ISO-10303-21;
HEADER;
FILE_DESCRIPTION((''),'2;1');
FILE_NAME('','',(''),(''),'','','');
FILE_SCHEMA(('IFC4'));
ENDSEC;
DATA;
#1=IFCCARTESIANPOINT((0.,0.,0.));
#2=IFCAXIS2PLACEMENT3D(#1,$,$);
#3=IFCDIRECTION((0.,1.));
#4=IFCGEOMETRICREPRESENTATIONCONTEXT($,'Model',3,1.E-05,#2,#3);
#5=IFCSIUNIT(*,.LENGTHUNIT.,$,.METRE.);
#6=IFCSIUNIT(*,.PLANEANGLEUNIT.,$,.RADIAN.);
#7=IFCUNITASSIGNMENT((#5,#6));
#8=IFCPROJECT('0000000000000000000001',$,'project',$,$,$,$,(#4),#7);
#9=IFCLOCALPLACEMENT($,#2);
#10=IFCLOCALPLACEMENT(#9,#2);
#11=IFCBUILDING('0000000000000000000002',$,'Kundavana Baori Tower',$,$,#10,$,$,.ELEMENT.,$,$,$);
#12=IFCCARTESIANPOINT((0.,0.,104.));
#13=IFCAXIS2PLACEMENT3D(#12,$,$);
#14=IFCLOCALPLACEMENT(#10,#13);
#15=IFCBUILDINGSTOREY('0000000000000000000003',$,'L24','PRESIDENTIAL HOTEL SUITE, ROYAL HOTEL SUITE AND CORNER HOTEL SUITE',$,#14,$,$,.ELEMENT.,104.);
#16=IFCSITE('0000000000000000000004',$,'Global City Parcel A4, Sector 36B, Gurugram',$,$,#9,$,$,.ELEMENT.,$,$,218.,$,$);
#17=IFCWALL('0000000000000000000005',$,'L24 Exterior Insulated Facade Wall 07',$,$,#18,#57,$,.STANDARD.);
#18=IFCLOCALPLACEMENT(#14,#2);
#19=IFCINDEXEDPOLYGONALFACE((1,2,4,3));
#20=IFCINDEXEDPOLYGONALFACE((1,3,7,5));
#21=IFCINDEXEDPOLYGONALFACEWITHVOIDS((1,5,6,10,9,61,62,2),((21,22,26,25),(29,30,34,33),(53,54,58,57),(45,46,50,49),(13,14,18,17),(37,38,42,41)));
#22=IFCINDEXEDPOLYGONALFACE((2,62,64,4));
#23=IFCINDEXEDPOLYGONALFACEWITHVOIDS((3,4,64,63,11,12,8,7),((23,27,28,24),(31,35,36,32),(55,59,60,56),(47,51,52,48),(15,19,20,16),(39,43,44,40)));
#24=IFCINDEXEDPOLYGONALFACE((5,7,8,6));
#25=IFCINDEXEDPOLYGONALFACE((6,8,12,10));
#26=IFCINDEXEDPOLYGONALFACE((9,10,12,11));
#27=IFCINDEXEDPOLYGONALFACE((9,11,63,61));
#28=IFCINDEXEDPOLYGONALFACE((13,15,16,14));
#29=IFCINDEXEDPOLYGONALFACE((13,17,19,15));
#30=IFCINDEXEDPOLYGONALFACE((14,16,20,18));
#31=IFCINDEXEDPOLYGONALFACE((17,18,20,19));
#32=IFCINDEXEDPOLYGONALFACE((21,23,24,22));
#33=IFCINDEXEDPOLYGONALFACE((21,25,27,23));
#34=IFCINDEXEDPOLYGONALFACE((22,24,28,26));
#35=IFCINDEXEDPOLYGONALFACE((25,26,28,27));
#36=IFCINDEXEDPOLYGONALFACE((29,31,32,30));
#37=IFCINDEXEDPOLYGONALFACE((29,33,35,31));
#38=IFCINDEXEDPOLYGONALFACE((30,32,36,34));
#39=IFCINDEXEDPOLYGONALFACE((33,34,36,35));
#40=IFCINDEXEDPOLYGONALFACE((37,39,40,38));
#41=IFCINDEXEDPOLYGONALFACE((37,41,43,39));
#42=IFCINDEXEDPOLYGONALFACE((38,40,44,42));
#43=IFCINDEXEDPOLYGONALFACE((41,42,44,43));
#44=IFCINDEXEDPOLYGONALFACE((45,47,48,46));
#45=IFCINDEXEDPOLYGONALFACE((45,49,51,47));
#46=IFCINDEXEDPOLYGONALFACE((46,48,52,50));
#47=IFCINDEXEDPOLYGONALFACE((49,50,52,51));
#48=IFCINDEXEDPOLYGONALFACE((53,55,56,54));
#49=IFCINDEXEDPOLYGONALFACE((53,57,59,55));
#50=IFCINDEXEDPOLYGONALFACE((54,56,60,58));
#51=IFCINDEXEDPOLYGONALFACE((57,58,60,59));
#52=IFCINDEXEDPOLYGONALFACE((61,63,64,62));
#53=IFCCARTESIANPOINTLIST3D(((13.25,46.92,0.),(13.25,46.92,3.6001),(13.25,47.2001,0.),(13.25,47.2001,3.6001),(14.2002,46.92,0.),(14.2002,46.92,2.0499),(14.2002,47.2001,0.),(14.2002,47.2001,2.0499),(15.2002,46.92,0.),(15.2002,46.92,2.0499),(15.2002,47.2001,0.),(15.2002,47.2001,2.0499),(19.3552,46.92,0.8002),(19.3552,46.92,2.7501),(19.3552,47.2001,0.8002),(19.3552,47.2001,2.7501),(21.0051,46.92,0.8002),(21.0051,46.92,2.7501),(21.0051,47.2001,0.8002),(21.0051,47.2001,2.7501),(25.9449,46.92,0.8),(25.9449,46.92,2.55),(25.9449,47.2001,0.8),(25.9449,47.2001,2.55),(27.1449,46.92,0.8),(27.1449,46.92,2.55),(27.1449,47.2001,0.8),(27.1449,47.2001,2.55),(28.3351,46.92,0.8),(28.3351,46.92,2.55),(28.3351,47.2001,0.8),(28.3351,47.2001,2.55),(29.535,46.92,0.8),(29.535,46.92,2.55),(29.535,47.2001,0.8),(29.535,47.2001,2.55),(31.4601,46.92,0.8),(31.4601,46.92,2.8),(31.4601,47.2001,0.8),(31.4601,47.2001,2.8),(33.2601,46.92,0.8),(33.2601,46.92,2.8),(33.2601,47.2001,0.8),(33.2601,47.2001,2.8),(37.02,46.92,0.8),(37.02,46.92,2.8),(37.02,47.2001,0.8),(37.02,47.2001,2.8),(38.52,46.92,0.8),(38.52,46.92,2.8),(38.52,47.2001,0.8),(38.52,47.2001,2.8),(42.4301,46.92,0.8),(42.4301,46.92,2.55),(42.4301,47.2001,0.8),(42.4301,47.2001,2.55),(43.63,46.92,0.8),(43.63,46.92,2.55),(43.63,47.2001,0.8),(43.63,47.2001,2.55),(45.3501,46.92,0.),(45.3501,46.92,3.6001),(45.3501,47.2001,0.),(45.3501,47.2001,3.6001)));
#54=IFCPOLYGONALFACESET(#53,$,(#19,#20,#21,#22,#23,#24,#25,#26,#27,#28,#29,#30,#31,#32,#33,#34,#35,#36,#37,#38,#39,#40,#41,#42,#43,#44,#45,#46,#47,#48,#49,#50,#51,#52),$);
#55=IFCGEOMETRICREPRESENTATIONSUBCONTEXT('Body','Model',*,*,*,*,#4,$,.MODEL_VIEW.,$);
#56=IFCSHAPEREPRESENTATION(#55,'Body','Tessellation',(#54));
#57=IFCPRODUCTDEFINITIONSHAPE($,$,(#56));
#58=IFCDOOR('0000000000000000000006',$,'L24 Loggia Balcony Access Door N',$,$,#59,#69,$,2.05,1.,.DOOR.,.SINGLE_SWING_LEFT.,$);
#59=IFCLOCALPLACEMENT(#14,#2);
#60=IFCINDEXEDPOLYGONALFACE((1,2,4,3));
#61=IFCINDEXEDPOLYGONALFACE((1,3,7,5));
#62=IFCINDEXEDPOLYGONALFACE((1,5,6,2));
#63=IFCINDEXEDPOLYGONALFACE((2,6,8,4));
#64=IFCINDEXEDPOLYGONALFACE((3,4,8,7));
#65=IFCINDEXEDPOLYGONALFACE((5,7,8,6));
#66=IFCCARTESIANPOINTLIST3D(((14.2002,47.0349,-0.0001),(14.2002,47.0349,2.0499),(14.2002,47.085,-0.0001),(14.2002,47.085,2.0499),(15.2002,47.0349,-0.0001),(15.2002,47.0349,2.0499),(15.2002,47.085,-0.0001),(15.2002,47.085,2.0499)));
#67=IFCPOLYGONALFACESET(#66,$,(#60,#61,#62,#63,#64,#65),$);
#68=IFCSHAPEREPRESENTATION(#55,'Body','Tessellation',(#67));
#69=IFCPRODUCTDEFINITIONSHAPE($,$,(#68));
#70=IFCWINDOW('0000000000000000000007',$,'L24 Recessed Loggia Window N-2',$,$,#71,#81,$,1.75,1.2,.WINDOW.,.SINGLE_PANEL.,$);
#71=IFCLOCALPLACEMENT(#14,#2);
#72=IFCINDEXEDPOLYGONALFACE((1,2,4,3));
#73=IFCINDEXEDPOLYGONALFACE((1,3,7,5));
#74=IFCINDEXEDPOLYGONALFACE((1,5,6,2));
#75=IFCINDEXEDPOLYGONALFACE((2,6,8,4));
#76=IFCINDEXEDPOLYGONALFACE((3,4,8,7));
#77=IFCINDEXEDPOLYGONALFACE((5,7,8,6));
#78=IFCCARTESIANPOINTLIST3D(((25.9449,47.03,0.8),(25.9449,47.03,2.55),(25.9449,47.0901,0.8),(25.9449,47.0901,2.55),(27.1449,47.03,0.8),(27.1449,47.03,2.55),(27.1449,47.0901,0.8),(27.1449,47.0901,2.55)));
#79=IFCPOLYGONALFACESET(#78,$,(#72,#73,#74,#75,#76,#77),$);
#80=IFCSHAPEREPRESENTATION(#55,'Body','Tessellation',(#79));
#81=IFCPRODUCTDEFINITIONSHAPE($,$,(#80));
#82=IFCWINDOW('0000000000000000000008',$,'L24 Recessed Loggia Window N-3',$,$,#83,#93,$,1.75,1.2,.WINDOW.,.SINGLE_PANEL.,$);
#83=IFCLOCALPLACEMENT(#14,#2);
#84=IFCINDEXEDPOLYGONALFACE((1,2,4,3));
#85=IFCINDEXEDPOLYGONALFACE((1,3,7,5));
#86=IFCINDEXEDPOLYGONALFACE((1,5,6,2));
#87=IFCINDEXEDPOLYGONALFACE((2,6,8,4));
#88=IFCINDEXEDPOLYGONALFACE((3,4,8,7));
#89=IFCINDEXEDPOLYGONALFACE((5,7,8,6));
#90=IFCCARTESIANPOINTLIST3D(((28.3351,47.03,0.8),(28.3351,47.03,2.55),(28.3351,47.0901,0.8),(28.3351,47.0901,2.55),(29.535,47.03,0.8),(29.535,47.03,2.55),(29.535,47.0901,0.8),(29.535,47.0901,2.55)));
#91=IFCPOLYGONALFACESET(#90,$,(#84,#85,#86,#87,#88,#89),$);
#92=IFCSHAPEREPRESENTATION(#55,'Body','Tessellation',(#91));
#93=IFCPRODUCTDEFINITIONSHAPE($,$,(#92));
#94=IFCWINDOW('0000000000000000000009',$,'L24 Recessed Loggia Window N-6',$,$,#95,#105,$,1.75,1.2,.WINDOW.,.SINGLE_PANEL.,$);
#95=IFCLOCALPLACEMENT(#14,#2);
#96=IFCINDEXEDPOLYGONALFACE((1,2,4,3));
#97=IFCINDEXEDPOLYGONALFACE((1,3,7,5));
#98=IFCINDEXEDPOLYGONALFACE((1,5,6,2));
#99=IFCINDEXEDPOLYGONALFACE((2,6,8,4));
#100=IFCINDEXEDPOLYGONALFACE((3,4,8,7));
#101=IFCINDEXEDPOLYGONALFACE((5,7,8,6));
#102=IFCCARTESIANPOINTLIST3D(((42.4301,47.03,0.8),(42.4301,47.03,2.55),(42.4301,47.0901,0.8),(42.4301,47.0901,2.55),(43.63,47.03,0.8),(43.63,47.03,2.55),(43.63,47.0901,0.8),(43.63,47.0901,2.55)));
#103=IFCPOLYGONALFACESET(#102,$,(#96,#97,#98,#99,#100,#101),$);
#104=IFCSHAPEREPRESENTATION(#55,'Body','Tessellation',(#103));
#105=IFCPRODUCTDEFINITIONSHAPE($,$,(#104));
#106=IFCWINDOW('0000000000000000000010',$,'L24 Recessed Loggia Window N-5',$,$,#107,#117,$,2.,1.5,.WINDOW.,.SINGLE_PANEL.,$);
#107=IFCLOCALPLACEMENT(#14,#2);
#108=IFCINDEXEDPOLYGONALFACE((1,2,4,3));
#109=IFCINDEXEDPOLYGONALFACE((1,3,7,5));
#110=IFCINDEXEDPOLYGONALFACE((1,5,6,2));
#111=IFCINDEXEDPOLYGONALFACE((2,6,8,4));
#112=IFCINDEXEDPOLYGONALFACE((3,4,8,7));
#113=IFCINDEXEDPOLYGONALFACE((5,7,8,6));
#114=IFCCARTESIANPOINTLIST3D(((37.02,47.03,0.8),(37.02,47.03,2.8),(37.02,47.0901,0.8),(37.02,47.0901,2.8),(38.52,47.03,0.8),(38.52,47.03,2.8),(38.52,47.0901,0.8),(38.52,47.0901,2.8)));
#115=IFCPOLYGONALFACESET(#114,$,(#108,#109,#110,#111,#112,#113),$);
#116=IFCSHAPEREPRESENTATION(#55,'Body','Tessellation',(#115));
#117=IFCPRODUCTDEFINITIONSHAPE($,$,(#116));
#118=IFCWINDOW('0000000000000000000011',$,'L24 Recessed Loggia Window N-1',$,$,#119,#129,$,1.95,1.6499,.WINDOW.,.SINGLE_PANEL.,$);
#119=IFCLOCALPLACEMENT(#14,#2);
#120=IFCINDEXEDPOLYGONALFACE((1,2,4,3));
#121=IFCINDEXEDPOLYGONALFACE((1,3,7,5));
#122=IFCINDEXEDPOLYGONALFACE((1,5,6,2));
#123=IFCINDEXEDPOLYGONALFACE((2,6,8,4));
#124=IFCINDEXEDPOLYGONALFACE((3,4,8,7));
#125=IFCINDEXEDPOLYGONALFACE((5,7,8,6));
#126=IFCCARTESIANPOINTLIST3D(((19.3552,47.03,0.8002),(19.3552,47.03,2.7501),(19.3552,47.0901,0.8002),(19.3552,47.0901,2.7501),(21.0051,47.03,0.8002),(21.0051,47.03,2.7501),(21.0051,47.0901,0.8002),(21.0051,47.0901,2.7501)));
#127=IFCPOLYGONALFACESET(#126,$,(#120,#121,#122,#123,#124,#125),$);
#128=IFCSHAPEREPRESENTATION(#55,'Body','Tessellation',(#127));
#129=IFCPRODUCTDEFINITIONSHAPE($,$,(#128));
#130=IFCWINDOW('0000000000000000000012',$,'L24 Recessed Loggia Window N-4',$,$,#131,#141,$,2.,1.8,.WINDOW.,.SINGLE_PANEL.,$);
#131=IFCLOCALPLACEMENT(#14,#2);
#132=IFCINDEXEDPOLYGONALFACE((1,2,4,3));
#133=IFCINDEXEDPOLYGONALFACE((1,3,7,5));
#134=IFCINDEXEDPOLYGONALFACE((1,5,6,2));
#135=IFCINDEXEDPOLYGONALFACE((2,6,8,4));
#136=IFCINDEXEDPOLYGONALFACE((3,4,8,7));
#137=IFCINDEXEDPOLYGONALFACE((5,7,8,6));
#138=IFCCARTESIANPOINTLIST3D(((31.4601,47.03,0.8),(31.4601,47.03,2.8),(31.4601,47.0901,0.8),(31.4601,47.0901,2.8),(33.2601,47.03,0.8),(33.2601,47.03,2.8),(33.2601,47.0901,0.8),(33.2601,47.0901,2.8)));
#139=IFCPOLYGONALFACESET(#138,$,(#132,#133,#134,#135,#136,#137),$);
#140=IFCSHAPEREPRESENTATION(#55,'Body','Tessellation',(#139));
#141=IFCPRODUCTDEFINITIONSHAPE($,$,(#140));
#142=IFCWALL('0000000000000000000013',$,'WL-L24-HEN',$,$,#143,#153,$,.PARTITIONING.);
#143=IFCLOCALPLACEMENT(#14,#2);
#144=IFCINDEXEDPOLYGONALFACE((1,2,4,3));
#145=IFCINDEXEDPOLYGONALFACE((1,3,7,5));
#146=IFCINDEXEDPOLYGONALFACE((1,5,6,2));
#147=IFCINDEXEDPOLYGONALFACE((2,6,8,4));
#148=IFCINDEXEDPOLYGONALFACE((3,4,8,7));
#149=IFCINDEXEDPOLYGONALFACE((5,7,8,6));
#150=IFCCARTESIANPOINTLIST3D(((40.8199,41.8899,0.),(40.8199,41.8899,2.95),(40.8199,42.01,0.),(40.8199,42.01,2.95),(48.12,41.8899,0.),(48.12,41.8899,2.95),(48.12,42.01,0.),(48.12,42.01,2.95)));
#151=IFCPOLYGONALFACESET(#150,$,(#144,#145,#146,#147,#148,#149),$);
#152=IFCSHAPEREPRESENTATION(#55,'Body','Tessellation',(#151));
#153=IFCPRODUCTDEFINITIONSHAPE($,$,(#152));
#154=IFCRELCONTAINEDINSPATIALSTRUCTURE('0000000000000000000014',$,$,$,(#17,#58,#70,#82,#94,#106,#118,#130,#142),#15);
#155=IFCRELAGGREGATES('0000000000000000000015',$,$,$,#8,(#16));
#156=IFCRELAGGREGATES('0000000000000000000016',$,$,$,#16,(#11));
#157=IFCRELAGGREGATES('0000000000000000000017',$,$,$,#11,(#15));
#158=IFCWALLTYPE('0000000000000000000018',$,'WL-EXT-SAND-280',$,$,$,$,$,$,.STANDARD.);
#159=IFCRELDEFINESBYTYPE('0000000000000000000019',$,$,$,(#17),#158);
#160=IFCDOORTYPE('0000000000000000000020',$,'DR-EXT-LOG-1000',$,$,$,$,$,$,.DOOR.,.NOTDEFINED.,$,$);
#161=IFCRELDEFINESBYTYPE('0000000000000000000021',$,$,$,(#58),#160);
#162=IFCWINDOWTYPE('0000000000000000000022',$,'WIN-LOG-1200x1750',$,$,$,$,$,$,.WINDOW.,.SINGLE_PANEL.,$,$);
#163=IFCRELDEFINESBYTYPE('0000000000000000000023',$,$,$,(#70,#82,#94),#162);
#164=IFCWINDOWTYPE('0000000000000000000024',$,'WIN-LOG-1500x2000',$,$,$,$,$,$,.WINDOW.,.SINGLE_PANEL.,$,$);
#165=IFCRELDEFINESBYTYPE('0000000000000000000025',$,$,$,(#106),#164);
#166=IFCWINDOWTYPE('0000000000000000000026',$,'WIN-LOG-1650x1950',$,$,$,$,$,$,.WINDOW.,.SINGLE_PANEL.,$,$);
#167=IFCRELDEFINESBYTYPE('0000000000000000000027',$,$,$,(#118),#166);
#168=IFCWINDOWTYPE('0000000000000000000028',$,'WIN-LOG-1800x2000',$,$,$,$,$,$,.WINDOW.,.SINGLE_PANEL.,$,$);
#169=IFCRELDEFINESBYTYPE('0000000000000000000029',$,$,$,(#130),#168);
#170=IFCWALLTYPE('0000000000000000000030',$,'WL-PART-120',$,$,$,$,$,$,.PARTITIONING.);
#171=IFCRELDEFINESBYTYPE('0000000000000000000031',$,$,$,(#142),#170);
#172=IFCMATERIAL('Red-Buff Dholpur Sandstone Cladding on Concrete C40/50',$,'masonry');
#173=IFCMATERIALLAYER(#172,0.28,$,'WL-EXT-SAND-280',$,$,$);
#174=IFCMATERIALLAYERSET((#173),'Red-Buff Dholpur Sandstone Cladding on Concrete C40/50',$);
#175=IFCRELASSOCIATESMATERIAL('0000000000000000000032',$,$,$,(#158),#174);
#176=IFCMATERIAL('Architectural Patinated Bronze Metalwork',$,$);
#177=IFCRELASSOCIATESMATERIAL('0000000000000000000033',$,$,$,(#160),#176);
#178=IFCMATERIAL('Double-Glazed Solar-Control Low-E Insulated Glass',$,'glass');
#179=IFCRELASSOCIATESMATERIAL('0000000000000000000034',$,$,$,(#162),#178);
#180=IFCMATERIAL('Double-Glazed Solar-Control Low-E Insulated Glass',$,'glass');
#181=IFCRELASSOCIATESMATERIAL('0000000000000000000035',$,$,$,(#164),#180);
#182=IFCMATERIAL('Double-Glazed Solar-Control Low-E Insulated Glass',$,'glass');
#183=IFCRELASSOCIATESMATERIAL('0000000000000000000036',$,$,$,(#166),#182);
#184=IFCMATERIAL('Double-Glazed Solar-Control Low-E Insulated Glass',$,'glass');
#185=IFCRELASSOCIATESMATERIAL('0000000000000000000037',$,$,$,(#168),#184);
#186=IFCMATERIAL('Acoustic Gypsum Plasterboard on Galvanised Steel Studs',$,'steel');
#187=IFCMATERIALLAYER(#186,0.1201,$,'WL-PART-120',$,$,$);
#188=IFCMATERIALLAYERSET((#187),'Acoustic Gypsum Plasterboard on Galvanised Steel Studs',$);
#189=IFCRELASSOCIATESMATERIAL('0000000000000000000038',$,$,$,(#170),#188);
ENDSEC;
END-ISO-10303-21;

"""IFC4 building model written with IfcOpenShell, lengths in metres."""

from ifc_helpers import new_model, si_unit, direction, frame, frame_2d, origin, place, context, subcontext, project, spatial, rectangle, extrude, material, layer, layer_set, type_object, element, fill, save


model = new_model("IFC4")

# Units and contexts
model_context = context("Model", 3, precision=1e-05, world=origin(), true_north=direction((0.0, 1.0)))
body_context = subcontext(model_context, "Body", "Model", "MODEL_VIEW")
ifc_project = project(units=[si_unit("LENGTHUNIT", "METRE"), si_unit("PLANEANGLEUNIT", "RADIAN")], contexts=[model_context])

# Site, building, storey
site_placement = place(None, origin())
site = spatial("IfcSite", under=ifc_project, at=site_placement, Name="Global City Parcel A4, Sector 36B, Gurugram", CompositionType="ELEMENT", RefElevation=218.0)
building_placement = place(site_placement, origin())
building = spatial("IfcBuilding", under=site, at=building_placement, Name="Kundavana Baori Tower", CompositionType="ELEMENT")
storey_placement = place(building_placement, frame((0.0, 0.0, 104.0)))
storey = spatial("IfcBuildingStorey", under=building, at=storey_placement, Name="L24", Description="PRESIDENTIAL HOTEL SUITE, ROYAL HOTEL SUITE AND CORNER HOTEL SUITE", CompositionType="ELEMENT", Elevation=104.0)

# Shared definitions
ifc_material_1 = material(Name="Red-Buff Dholpur Sandstone Cladding on Concrete C40/50", Category="masonry")
ifc_layer_1 = layer(ifc_material_1, 0.28, Name="WL-EXT-SAND-280")
ifc_layer_set_1 = layer_set([ifc_layer_1], Name="Red-Buff Dholpur Sandstone Cladding on Concrete C40/50")
wall_type_1 = type_object("IfcWallType", Name="WL-EXT-SAND-280", PredefinedType="STANDARD", material=ifc_layer_set_1)

# Wall, openings, door, windows
wall_1_placement = place(storey_placement, frame((45.3501, 47.0601, 0.0), z_axis=(0.0, 0.0, 1.0), x_axis=(-1.0, 0.0, 0.0)))
wall_1 = element("IfcWall", 1, at=wall_1_placement, inside=storey, type_object=wall_type_1, Name="L24 Exterior Insulated Facade Wall 07", PredefinedType="STANDARD", context=body_context, shape_type="SweptSolid", body=[
    extrude(rectangle(XDim=32.1001, YDim=0.28, at=frame_2d((16.05, 0.0))), origin(), (0.0, 0.0, 1.0), 3.6001),
])
opening_1_placement = place(wall_1_placement, frame((30.1499, 0.0, 0.0)))
opening_1 = element("IfcOpeningElement", 2, at=opening_1_placement, cuts=wall_1, PredefinedType="OPENING", context=body_context, shape_type="SweptSolid", body=[
    extrude(rectangle(XDim=1.0, YDim=2.05, at=frame_2d((0.5, 1.0249))), frame((0.0, 0.1499, 0.0), z_axis=(0.0, -1.0, 0.0), x_axis=(1.0, 0.0, 0.0)), (0.0, 0.0, 1.0), 0.3),
])
opening_2_placement = place(wall_1_placement, frame((24.345, 0.0, 0.8)))
opening_2 = element("IfcOpeningElement", 3, at=opening_2_placement, cuts=wall_1, PredefinedType="OPENING", context=body_context, shape_type="SweptSolid", body=[
    extrude(rectangle(XDim=1.6499, YDim=1.95, at=frame_2d((0.825, 0.9751))), frame((0.0, 0.1499, 0.0), z_axis=(0.0, -1.0, 0.0), x_axis=(1.0, 0.0, 0.0)), (0.0, 0.0, 1.0), 0.3),
])
opening_3_placement = place(wall_1_placement, frame((18.2051, 0.0, 0.8)))
opening_3 = element("IfcOpeningElement", 4, at=opening_3_placement, cuts=wall_1, PredefinedType="OPENING", context=body_context, shape_type="SweptSolid", body=[
    extrude(rectangle(XDim=1.2, YDim=1.75, at=frame_2d((0.6001, 0.875))), frame((0.0, 0.1499, 0.0), z_axis=(0.0, -1.0, 0.0), x_axis=(1.0, 0.0, 0.0)), (0.0, 0.0, 1.0), 0.3),
])
opening_4_placement = place(wall_1_placement, frame((15.8149, 0.0, 0.8)))
opening_4 = element("IfcOpeningElement", 5, at=opening_4_placement, cuts=wall_1, PredefinedType="OPENING", context=body_context, shape_type="SweptSolid", body=[
    extrude(rectangle(XDim=1.2, YDim=1.75, at=frame_2d((0.6001, 0.875))), frame((0.0, 0.1499, 0.0), z_axis=(0.0, -1.0, 0.0), x_axis=(1.0, 0.0, 0.0)), (0.0, 0.0, 1.0), 0.3),
])
opening_5_placement = place(wall_1_placement, frame((12.0901, 0.0, 0.8)))
opening_5 = element("IfcOpeningElement", 6, at=opening_5_placement, cuts=wall_1, PredefinedType="OPENING", context=body_context, shape_type="SweptSolid", body=[
    extrude(rectangle(XDim=1.8, YDim=2.0, at=frame_2d((0.8999, 1.0))), frame((0.0, 0.1499, 0.0), z_axis=(0.0, -1.0, 0.0), x_axis=(1.0, 0.0, 0.0)), (0.0, 0.0, 1.0), 0.3),
])
opening_6_placement = place(wall_1_placement, frame((6.8301, 0.0, 0.8)))
opening_6 = element("IfcOpeningElement", 7, at=opening_6_placement, cuts=wall_1, PredefinedType="OPENING", context=body_context, shape_type="SweptSolid", body=[
    extrude(rectangle(XDim=1.5, YDim=2.0, at=frame_2d((0.75, 1.0))), frame((0.0, 0.1499, 0.0), z_axis=(0.0, -1.0, 0.0), x_axis=(1.0, 0.0, 0.0)), (0.0, 0.0, 1.0), 0.3),
])
opening_7_placement = place(wall_1_placement, frame((1.72, 0.0, 0.8)))
opening_7 = element("IfcOpeningElement", 8, at=opening_7_placement, cuts=wall_1, PredefinedType="OPENING", context=body_context, shape_type="SweptSolid", body=[
    extrude(rectangle(XDim=1.2, YDim=1.75, at=frame_2d((0.6001, 0.875))), frame((0.0, 0.1499, 0.0), z_axis=(0.0, -1.0, 0.0), x_axis=(1.0, 0.0, 0.0)), (0.0, 0.0, 1.0), 0.3),
])
ifc_material_2 = material(Name="Architectural Patinated Bronze Metalwork")
door_type_1 = type_object("IfcDoorType", Name="DR-EXT-LOG-1000", OperationType="NOTDEFINED", PredefinedType="DOOR", material=ifc_material_2)
door_1_placement = place(opening_1_placement, frame((1.0, 0.0, 0.0), z_axis=(0.0, 0.0, 1.0), x_axis=(-1.0, 0.0, 0.0)))
door_1 = element("IfcDoor", 9, at=door_1_placement, inside=storey, type_object=door_type_1, Name="L24 Loggia Balcony Access Door N", OperationType="SINGLE_SWING_LEFT", OverallHeight=2.05, OverallWidth=1.0, PredefinedType="DOOR", context=body_context, shape_type="SweptSolid", body=[
    extrude(rectangle(XDim=1.0, YDim=2.05, at=frame_2d((0.5, 1.0249))), frame((0.0, 0.0249, 0.0), z_axis=(0.0, -1.0, 0.0), x_axis=(1.0, 0.0, 0.0)), (0.0, 0.0, 1.0), 0.05),
])
fill(opening_1, door_1)
ifc_material_3 = material(Name="Double-Glazed Solar-Control Low-E Insulated Glass", Category="glass")
window_type_1 = type_object("IfcWindowType", Name="WIN-LOG-1200x1750", PartitioningType="SINGLE_PANEL", PredefinedType="WINDOW", material=ifc_material_3)
window_1_placement = place(opening_3_placement, origin())
window_1 = element("IfcWindow", 10, at=window_1_placement, inside=storey, type_object=window_type_1, Name="L24 Recessed Loggia Window N-2", OverallHeight=1.75, OverallWidth=1.2, PartitioningType="SINGLE_PANEL", PredefinedType="WINDOW", context=body_context, shape_type="SweptSolid", body=[
    extrude(rectangle(XDim=1.2, YDim=1.75, at=frame_2d((0.6001, 0.875))), frame((0.0, 0.03, 0.0), z_axis=(0.0, -1.0, 0.0), x_axis=(1.0, 0.0, 0.0)), (0.0, 0.0, 1.0), 0.0601),
])
fill(opening_3, window_1)
window_2_placement = place(opening_4_placement, origin())
window_2 = element("IfcWindow", 11, at=window_2_placement, inside=storey, type_object=window_type_1, Name="L24 Recessed Loggia Window N-3", OverallHeight=1.75, OverallWidth=1.2, PartitioningType="SINGLE_PANEL", PredefinedType="WINDOW", context=body_context, shape_type="SweptSolid", body=[
    extrude(rectangle(XDim=1.2, YDim=1.75, at=frame_2d((0.6001, 0.875))), frame((0.0, 0.03, 0.0), z_axis=(0.0, -1.0, 0.0), x_axis=(1.0, 0.0, 0.0)), (0.0, 0.0, 1.0), 0.0601),
])
fill(opening_4, window_2)
window_3_placement = place(opening_7_placement, origin())
window_3 = element("IfcWindow", 12, at=window_3_placement, inside=storey, type_object=window_type_1, Name="L24 Recessed Loggia Window N-6", OverallHeight=1.75, OverallWidth=1.2, PartitioningType="SINGLE_PANEL", PredefinedType="WINDOW", context=body_context, shape_type="SweptSolid", body=[
    extrude(rectangle(XDim=1.2, YDim=1.75, at=frame_2d((0.6001, 0.875))), frame((0.0, 0.03, 0.0), z_axis=(0.0, -1.0, 0.0), x_axis=(1.0, 0.0, 0.0)), (0.0, 0.0, 1.0), 0.0601),
])
fill(opening_7, window_3)
ifc_material_4 = material(Name="Double-Glazed Solar-Control Low-E Insulated Glass", Category="glass")
window_type_2 = type_object("IfcWindowType", Name="WIN-LOG-1500x2000", PartitioningType="SINGLE_PANEL", PredefinedType="WINDOW", material=ifc_material_4)
window_4_placement = place(opening_6_placement, origin())
window_4 = element("IfcWindow", 13, at=window_4_placement, inside=storey, type_object=window_type_2, Name="L24 Recessed Loggia Window N-5", OverallHeight=2.0, OverallWidth=1.5, PartitioningType="SINGLE_PANEL", PredefinedType="WINDOW", context=body_context, shape_type="SweptSolid", body=[
    extrude(rectangle(XDim=1.5, YDim=2.0, at=frame_2d((0.75, 1.0))), frame((0.0, 0.03, 0.0), z_axis=(0.0, -1.0, 0.0), x_axis=(1.0, 0.0, 0.0)), (0.0, 0.0, 1.0), 0.0601),
])
fill(opening_6, window_4)
ifc_material_5 = material(Name="Double-Glazed Solar-Control Low-E Insulated Glass", Category="glass")
window_type_3 = type_object("IfcWindowType", Name="WIN-LOG-1650x1950", PartitioningType="SINGLE_PANEL", PredefinedType="WINDOW", material=ifc_material_5)
window_5_placement = place(opening_2_placement, origin())
window_5 = element("IfcWindow", 14, at=window_5_placement, inside=storey, type_object=window_type_3, Name="L24 Recessed Loggia Window N-1", OverallHeight=1.95, OverallWidth=1.6499, PartitioningType="SINGLE_PANEL", PredefinedType="WINDOW", context=body_context, shape_type="SweptSolid", body=[
    extrude(rectangle(XDim=1.6499, YDim=1.95, at=frame_2d((0.825, 0.9751))), frame((0.0, 0.03, 0.0), z_axis=(0.0, -1.0, 0.0), x_axis=(1.0, 0.0, 0.0)), (0.0, 0.0, 1.0), 0.0601),
])
fill(opening_2, window_5)
ifc_material_6 = material(Name="Double-Glazed Solar-Control Low-E Insulated Glass", Category="glass")
window_type_4 = type_object("IfcWindowType", Name="WIN-LOG-1800x2000", PartitioningType="SINGLE_PANEL", PredefinedType="WINDOW", material=ifc_material_6)
window_6_placement = place(opening_5_placement, origin())
window_6 = element("IfcWindow", 15, at=window_6_placement, inside=storey, type_object=window_type_4, Name="L24 Recessed Loggia Window N-4", OverallHeight=2.0, OverallWidth=1.8, PartitioningType="SINGLE_PANEL", PredefinedType="WINDOW", context=body_context, shape_type="SweptSolid", body=[
    extrude(rectangle(XDim=1.8, YDim=2.0, at=frame_2d((0.8999, 1.0))), frame((0.0, 0.03, 0.0), z_axis=(0.0, -1.0, 0.0), x_axis=(1.0, 0.0, 0.0)), (0.0, 0.0, 1.0), 0.0601),
])
fill(opening_5, window_6)

# Wall
ifc_material_7 = material(Name="Acoustic Gypsum Plasterboard on Galvanised Steel Studs", Category="steel")
ifc_layer_2 = layer(ifc_material_7, 0.1201, Name="WL-PART-120")
ifc_layer_set_2 = layer_set([ifc_layer_2], Name="Acoustic Gypsum Plasterboard on Galvanised Steel Studs")
wall_type_2 = type_object("IfcWallType", Name="WL-PART-120", PredefinedType="PARTITIONING", material=ifc_layer_set_2)
wall_2_placement = place(storey_placement, frame((40.8201, 41.95, 0.0), z_axis=(0.0, 0.0, 1.0), x_axis=(1.0, 0.0, 0.0)))
element("IfcWall", 16, at=wall_2_placement, inside=storey, type_object=wall_type_2, Name="WL-L24-HEN", PredefinedType="PARTITIONING", context=body_context, shape_type="SweptSolid", body=[
    extrude(rectangle(XDim=7.3, YDim=0.1201, at=frame_2d((3.6499, 0.0))), origin(), (0.0, 0.0, 1.0), 2.95),
])

save(model, "model.ifc")
